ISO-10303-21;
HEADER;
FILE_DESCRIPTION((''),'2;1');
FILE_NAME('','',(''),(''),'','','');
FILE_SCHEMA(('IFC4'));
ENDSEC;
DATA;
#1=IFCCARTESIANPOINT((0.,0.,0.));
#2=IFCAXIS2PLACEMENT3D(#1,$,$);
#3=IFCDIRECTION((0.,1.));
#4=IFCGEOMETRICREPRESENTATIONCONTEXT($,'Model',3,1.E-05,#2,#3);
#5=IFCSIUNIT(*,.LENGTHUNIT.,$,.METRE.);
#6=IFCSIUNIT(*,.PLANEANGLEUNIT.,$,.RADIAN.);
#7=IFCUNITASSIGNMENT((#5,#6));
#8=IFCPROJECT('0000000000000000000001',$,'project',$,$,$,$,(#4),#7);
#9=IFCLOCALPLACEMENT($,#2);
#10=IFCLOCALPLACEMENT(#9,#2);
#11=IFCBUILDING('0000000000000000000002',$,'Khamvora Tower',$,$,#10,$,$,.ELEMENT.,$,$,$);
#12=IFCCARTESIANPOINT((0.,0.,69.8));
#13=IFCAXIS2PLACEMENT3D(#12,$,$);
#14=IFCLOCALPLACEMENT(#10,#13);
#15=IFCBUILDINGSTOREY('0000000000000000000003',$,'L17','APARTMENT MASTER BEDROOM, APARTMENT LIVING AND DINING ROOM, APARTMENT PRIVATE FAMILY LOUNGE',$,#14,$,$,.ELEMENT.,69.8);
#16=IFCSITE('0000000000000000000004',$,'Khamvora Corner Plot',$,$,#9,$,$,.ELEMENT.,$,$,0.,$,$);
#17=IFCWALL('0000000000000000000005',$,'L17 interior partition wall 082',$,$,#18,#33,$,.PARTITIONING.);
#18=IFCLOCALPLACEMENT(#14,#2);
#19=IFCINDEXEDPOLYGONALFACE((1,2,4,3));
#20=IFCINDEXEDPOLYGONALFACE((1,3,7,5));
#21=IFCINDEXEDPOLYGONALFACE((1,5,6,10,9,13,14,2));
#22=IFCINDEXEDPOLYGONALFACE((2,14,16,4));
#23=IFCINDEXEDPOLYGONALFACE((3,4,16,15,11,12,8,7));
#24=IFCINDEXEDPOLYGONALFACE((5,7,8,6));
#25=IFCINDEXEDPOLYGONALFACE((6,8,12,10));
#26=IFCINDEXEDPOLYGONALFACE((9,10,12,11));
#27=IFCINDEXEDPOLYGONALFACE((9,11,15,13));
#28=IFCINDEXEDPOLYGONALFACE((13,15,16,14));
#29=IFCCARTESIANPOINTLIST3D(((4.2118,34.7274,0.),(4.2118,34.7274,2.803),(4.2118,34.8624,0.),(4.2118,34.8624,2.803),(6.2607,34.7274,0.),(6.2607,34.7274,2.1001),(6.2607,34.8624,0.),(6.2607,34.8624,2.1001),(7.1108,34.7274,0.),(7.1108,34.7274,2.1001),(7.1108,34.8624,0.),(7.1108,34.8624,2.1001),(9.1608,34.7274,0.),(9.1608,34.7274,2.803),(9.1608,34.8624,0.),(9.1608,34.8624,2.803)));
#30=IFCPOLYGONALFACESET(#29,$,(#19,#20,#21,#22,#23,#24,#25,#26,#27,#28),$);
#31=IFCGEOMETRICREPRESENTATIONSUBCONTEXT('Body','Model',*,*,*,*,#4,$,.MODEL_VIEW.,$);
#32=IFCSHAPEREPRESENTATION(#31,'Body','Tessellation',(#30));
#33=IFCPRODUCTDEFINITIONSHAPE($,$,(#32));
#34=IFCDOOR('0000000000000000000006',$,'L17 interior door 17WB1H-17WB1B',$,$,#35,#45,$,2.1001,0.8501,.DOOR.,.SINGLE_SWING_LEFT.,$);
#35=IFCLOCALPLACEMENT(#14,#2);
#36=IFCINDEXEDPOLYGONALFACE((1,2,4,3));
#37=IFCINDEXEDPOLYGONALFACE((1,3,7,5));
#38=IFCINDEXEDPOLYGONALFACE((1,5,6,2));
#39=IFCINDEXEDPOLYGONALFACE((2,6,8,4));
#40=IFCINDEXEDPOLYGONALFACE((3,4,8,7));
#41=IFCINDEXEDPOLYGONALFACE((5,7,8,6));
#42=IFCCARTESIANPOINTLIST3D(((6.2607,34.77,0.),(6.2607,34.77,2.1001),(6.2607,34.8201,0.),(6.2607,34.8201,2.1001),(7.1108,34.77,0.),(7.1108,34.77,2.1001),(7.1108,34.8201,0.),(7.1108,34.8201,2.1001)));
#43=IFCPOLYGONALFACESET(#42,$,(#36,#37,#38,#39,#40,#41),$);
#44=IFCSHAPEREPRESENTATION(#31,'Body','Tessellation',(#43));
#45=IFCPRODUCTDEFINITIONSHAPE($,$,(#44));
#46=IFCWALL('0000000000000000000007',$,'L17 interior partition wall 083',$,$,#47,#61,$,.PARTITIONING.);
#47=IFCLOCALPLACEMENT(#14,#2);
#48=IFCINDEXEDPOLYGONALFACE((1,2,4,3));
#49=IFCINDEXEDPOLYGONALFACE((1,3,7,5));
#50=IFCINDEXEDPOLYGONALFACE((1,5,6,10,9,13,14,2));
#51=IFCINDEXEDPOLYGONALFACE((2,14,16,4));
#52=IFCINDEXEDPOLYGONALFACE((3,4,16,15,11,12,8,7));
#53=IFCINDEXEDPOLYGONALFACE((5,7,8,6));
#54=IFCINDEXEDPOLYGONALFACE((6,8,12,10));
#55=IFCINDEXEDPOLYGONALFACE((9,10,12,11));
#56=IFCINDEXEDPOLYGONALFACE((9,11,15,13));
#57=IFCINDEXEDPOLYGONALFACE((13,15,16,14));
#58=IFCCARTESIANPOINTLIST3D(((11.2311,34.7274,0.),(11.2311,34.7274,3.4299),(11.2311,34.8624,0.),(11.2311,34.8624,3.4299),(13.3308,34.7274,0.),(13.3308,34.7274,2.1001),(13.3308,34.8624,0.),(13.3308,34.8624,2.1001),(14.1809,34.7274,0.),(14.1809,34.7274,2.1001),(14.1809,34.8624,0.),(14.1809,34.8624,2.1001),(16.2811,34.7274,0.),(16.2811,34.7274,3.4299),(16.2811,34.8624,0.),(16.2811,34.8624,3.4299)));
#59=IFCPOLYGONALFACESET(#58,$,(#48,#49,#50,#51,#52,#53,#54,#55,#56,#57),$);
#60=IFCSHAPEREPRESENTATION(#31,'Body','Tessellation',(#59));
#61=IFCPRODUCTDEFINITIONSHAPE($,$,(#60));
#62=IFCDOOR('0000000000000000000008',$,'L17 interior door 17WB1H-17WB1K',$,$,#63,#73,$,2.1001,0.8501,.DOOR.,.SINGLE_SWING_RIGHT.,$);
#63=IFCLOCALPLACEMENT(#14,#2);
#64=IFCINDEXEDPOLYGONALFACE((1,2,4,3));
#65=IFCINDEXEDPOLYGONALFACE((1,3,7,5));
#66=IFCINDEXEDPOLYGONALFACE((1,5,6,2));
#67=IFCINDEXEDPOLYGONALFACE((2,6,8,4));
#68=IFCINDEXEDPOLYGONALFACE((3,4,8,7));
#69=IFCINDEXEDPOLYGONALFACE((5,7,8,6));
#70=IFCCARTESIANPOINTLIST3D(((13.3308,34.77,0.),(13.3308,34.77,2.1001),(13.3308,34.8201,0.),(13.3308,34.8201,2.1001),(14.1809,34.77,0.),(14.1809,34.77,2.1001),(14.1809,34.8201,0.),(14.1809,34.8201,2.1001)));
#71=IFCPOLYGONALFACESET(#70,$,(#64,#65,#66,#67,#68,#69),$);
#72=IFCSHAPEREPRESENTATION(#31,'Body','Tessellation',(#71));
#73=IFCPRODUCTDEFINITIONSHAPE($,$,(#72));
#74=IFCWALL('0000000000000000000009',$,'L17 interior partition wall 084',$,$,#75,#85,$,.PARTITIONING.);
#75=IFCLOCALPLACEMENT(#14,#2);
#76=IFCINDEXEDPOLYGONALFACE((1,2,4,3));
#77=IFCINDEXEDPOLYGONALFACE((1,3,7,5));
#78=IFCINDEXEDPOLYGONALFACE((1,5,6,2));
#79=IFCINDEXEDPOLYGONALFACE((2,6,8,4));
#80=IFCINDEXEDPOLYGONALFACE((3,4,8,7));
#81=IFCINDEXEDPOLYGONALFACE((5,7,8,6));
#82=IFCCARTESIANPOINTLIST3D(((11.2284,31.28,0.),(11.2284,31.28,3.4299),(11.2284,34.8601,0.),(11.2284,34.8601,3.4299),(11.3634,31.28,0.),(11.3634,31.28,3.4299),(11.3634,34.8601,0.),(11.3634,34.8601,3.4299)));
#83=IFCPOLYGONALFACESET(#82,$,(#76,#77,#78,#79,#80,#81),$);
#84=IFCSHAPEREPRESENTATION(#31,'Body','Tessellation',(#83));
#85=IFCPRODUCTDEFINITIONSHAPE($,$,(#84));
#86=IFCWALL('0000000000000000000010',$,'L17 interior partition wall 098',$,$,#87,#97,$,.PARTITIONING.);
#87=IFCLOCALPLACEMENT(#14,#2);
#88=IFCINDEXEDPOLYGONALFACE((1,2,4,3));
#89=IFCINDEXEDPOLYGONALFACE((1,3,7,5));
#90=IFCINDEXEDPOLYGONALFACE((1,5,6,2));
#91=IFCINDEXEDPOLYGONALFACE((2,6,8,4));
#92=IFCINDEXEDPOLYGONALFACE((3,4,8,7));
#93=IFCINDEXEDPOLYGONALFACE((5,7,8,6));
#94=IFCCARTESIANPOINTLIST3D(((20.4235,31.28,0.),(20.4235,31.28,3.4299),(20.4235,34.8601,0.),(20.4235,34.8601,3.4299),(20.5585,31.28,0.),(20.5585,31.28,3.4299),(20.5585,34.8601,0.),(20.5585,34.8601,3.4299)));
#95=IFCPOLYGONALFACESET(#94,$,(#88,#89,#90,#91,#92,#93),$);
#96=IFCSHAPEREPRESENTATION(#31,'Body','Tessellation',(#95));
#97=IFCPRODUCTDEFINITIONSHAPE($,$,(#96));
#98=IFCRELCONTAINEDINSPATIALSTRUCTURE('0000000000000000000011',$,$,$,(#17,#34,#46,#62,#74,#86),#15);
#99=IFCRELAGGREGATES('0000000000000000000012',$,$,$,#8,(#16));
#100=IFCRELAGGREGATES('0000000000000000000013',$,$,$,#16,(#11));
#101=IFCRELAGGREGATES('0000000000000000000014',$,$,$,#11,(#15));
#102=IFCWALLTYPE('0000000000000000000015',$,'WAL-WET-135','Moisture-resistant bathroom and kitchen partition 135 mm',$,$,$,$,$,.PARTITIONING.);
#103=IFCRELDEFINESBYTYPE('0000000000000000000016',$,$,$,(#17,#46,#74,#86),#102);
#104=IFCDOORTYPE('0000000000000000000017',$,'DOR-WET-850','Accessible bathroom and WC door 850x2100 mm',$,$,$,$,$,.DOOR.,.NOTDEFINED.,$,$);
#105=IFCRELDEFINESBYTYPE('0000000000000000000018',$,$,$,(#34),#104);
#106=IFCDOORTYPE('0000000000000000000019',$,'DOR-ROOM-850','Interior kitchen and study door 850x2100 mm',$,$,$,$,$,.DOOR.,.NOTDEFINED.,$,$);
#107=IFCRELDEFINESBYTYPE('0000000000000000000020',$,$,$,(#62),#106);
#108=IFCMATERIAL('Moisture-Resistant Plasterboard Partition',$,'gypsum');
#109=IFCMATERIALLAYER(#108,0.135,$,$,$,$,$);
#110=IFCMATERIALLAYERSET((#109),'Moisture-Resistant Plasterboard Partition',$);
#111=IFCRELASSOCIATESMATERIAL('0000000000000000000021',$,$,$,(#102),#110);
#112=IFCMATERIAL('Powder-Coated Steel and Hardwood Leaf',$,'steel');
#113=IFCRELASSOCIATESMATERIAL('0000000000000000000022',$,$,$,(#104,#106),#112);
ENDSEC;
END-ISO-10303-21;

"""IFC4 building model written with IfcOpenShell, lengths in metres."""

from ifc_helpers import new_model, si_unit, direction, frame, frame_2d, origin, place, context, subcontext, project, spatial, rectangle, extrude, material, layer, layer_set, type_object, element, fill, save


model = new_model("IFC4")

# Units and contexts
model_context = context("Model", 3, precision=1e-05, world=origin(), true_north=direction((0.0, 1.0)))
body_context = subcontext(model_context, "Body", "Model", "MODEL_VIEW")
ifc_project = project(units=[si_unit("LENGTHUNIT", "METRE"), si_unit("PLANEANGLEUNIT", "RADIAN")], contexts=[model_context])

# Site, building, storey
site_placement = place(None, origin())
site = spatial("IfcSite", under=ifc_project, at=site_placement, Name="Khamvora Corner Plot", CompositionType="ELEMENT", RefElevation=0.0)
building_placement = place(site_placement, origin())
building = spatial("IfcBuilding", under=site, at=building_placement, Name="Khamvora Tower", CompositionType="ELEMENT")
storey_placement = place(building_placement, frame((0.0, 0.0, 69.8)))
storey = spatial("IfcBuildingStorey", under=building, at=storey_placement, Name="L17", Description="APARTMENT MASTER BEDROOM, APARTMENT LIVING AND DINING ROOM, APARTMENT PRIVATE FAMILY LOUNGE", CompositionType="ELEMENT", Elevation=69.8)

# Shared definitions
ifc_material_1 = material(Name="Powder-Coated Steel and Hardwood Leaf", Category="steel")

# Shared definitions
ifc_material_2 = material(Name="Moisture-Resistant Plasterboard Partition", Category="gypsum")
ifc_layer_1 = layer(ifc_material_2, 0.135)
ifc_layer_set_1 = layer_set([ifc_layer_1], Name="Moisture-Resistant Plasterboard Partition")
wall_type_1 = type_object("IfcWallType", Name="WAL-WET-135", Description="Moisture-resistant bathroom and kitchen partition 135 mm", PredefinedType="PARTITIONING", material=ifc_layer_set_1)

# Walls, openings, doors
wall_1_placement = place(storey_placement, frame((9.1609, 34.7949, 0.0), z_axis=(0.0, 0.0, 1.0), x_axis=(-1.0, 0.0, 0.0)))
wall_1 = element("IfcWall", 1, at=wall_1_placement, inside=storey, type_object=wall_type_1, Name="L17 interior partition wall 082", PredefinedType="PARTITIONING", context=body_context, shape_type="SweptSolid", body=[
    extrude(rectangle(XDim=4.949, YDim=0.135, at=frame_2d((2.4746, 0.0))), origin(), (0.0, 0.0, 1.0), 2.803),
])
opening_1_placement = place(wall_1_placement, frame((2.05, 0.0, 0.0)))
opening_1 = element("IfcOpeningElement", 2, at=opening_1_placement, cuts=wall_1, PredefinedType="OPENING", context=body_context, shape_type="SweptSolid", body=[
    extrude(rectangle(XDim=0.8501, YDim=2.1001, at=frame_2d((0.425, 1.05))), frame((0.0, 0.0774, 0.0), z_axis=(0.0, -1.0, 0.0), x_axis=(1.0, 0.0, 0.0)), (0.0, 0.0, 1.0), 0.155),
])
door_type_1 = type_object("IfcDoorType", Name="DOR-WET-850", Description="Accessible bathroom and WC door 850x2100 mm", OperationType="NOTDEFINED", PredefinedType="DOOR", material=ifc_material_1)
door_1_placement = place(opening_1_placement, origin())
door_1 = element("IfcDoor", 3, at=door_1_placement, inside=storey, type_object=door_type_1, Name="L17 interior door 17WB1H-17WB1B", OperationType="SINGLE_SWING_LEFT", OverallHeight=2.1001, OverallWidth=0.8501, PredefinedType="DOOR", context=body_context, shape_type="SweptSolid", body=[
    extrude(rectangle(XDim=0.8501, YDim=2.1001, at=frame_2d((0.425, 1.05))), frame((0.0, 0.0249, 0.0), z_axis=(0.0, -1.0, 0.0), x_axis=(1.0, 0.0, 0.0)), (0.0, 0.0, 1.0), 0.05),
])
fill(opening_1, door_1)
wall_2_placement = place(storey_placement, frame((16.281, 34.7949, 0.0), z_axis=(0.0, 0.0, 1.0), x_axis=(-1.0, 0.0, 0.0)))
wall_2 = element("IfcWall", 4, at=wall_2_placement, inside=storey, type_object=wall_type_1, Name="L17 interior partition wall 083", PredefinedType="PARTITIONING", context=body_context, shape_type="SweptSolid", body=[
    extrude(rectangle(XDim=5.05, YDim=0.135, at=frame_2d((2.5249, 0.0))), origin(), (0.0, 0.0, 1.0), 3.4299),
])
opening_2_placement = place(wall_2_placement, frame((2.1001, 0.0, 0.0)))
opening_2 = element("IfcOpeningElement", 5, at=opening_2_placement, cuts=wall_2, PredefinedType="OPENING", context=body_context, shape_type="SweptSolid", body=[
    extrude(rectangle(XDim=0.8501, YDim=2.1001, at=frame_2d((0.425, 1.05))), frame((0.0, 0.0774, 0.0), z_axis=(0.0, -1.0, 0.0), x_axis=(1.0, 0.0, 0.0)), (0.0, 0.0, 1.0), 0.155),
])
door_type_2 = type_object("IfcDoorType", Name="DOR-ROOM-850", Description="Interior kitchen and study door 850x2100 mm", OperationType="NOTDEFINED", PredefinedType="DOOR", material=ifc_material_1)
door_2_placement = place(opening_2_placement, origin())
door_2 = element("IfcDoor", 6, at=door_2_placement, inside=storey, type_object=door_type_2, Name="L17 interior door 17WB1H-17WB1K", OperationType="SINGLE_SWING_RIGHT", OverallHeight=2.1001, OverallWidth=0.8501, PredefinedType="DOOR", context=body_context, shape_type="SweptSolid", body=[
    extrude(rectangle(XDim=0.8501, YDim=2.1001, at=frame_2d((0.425, 1.05))), frame((0.0, 0.0249, 0.0), z_axis=(0.0, -1.0, 0.0), x_axis=(1.0, 0.0, 0.0)), (0.0, 0.0, 1.0), 0.05),
])
fill(opening_2, door_2)

# Walls
for number, where, z_axis, x_axis, name in (
    (7, (11.2959, 34.8601, 0.0), (0.0, 0.0, 1.0), (0.0, -1.0, 0.0), "L17 interior partition wall 084"),
    (8, (20.491, 31.28, 0.0), (0.0, 0.0, 1.0), (0.0, 1.0, 0.0), "L17 interior partition wall 098"),
):
    element("IfcWall", number, at=place(storey_placement, frame(where, z_axis=z_axis, x_axis=x_axis)), inside=storey, type_object=wall_type_1, Name=name, PredefinedType="PARTITIONING", context=body_context, shape_type="SweptSolid", body=[
        extrude(rectangle(XDim=3.5801, YDim=0.135, at=frame_2d((1.79, 0.0))), origin(), (0.0, 0.0, 1.0), 3.4299),
    ])

save(model, "model.ifc")
